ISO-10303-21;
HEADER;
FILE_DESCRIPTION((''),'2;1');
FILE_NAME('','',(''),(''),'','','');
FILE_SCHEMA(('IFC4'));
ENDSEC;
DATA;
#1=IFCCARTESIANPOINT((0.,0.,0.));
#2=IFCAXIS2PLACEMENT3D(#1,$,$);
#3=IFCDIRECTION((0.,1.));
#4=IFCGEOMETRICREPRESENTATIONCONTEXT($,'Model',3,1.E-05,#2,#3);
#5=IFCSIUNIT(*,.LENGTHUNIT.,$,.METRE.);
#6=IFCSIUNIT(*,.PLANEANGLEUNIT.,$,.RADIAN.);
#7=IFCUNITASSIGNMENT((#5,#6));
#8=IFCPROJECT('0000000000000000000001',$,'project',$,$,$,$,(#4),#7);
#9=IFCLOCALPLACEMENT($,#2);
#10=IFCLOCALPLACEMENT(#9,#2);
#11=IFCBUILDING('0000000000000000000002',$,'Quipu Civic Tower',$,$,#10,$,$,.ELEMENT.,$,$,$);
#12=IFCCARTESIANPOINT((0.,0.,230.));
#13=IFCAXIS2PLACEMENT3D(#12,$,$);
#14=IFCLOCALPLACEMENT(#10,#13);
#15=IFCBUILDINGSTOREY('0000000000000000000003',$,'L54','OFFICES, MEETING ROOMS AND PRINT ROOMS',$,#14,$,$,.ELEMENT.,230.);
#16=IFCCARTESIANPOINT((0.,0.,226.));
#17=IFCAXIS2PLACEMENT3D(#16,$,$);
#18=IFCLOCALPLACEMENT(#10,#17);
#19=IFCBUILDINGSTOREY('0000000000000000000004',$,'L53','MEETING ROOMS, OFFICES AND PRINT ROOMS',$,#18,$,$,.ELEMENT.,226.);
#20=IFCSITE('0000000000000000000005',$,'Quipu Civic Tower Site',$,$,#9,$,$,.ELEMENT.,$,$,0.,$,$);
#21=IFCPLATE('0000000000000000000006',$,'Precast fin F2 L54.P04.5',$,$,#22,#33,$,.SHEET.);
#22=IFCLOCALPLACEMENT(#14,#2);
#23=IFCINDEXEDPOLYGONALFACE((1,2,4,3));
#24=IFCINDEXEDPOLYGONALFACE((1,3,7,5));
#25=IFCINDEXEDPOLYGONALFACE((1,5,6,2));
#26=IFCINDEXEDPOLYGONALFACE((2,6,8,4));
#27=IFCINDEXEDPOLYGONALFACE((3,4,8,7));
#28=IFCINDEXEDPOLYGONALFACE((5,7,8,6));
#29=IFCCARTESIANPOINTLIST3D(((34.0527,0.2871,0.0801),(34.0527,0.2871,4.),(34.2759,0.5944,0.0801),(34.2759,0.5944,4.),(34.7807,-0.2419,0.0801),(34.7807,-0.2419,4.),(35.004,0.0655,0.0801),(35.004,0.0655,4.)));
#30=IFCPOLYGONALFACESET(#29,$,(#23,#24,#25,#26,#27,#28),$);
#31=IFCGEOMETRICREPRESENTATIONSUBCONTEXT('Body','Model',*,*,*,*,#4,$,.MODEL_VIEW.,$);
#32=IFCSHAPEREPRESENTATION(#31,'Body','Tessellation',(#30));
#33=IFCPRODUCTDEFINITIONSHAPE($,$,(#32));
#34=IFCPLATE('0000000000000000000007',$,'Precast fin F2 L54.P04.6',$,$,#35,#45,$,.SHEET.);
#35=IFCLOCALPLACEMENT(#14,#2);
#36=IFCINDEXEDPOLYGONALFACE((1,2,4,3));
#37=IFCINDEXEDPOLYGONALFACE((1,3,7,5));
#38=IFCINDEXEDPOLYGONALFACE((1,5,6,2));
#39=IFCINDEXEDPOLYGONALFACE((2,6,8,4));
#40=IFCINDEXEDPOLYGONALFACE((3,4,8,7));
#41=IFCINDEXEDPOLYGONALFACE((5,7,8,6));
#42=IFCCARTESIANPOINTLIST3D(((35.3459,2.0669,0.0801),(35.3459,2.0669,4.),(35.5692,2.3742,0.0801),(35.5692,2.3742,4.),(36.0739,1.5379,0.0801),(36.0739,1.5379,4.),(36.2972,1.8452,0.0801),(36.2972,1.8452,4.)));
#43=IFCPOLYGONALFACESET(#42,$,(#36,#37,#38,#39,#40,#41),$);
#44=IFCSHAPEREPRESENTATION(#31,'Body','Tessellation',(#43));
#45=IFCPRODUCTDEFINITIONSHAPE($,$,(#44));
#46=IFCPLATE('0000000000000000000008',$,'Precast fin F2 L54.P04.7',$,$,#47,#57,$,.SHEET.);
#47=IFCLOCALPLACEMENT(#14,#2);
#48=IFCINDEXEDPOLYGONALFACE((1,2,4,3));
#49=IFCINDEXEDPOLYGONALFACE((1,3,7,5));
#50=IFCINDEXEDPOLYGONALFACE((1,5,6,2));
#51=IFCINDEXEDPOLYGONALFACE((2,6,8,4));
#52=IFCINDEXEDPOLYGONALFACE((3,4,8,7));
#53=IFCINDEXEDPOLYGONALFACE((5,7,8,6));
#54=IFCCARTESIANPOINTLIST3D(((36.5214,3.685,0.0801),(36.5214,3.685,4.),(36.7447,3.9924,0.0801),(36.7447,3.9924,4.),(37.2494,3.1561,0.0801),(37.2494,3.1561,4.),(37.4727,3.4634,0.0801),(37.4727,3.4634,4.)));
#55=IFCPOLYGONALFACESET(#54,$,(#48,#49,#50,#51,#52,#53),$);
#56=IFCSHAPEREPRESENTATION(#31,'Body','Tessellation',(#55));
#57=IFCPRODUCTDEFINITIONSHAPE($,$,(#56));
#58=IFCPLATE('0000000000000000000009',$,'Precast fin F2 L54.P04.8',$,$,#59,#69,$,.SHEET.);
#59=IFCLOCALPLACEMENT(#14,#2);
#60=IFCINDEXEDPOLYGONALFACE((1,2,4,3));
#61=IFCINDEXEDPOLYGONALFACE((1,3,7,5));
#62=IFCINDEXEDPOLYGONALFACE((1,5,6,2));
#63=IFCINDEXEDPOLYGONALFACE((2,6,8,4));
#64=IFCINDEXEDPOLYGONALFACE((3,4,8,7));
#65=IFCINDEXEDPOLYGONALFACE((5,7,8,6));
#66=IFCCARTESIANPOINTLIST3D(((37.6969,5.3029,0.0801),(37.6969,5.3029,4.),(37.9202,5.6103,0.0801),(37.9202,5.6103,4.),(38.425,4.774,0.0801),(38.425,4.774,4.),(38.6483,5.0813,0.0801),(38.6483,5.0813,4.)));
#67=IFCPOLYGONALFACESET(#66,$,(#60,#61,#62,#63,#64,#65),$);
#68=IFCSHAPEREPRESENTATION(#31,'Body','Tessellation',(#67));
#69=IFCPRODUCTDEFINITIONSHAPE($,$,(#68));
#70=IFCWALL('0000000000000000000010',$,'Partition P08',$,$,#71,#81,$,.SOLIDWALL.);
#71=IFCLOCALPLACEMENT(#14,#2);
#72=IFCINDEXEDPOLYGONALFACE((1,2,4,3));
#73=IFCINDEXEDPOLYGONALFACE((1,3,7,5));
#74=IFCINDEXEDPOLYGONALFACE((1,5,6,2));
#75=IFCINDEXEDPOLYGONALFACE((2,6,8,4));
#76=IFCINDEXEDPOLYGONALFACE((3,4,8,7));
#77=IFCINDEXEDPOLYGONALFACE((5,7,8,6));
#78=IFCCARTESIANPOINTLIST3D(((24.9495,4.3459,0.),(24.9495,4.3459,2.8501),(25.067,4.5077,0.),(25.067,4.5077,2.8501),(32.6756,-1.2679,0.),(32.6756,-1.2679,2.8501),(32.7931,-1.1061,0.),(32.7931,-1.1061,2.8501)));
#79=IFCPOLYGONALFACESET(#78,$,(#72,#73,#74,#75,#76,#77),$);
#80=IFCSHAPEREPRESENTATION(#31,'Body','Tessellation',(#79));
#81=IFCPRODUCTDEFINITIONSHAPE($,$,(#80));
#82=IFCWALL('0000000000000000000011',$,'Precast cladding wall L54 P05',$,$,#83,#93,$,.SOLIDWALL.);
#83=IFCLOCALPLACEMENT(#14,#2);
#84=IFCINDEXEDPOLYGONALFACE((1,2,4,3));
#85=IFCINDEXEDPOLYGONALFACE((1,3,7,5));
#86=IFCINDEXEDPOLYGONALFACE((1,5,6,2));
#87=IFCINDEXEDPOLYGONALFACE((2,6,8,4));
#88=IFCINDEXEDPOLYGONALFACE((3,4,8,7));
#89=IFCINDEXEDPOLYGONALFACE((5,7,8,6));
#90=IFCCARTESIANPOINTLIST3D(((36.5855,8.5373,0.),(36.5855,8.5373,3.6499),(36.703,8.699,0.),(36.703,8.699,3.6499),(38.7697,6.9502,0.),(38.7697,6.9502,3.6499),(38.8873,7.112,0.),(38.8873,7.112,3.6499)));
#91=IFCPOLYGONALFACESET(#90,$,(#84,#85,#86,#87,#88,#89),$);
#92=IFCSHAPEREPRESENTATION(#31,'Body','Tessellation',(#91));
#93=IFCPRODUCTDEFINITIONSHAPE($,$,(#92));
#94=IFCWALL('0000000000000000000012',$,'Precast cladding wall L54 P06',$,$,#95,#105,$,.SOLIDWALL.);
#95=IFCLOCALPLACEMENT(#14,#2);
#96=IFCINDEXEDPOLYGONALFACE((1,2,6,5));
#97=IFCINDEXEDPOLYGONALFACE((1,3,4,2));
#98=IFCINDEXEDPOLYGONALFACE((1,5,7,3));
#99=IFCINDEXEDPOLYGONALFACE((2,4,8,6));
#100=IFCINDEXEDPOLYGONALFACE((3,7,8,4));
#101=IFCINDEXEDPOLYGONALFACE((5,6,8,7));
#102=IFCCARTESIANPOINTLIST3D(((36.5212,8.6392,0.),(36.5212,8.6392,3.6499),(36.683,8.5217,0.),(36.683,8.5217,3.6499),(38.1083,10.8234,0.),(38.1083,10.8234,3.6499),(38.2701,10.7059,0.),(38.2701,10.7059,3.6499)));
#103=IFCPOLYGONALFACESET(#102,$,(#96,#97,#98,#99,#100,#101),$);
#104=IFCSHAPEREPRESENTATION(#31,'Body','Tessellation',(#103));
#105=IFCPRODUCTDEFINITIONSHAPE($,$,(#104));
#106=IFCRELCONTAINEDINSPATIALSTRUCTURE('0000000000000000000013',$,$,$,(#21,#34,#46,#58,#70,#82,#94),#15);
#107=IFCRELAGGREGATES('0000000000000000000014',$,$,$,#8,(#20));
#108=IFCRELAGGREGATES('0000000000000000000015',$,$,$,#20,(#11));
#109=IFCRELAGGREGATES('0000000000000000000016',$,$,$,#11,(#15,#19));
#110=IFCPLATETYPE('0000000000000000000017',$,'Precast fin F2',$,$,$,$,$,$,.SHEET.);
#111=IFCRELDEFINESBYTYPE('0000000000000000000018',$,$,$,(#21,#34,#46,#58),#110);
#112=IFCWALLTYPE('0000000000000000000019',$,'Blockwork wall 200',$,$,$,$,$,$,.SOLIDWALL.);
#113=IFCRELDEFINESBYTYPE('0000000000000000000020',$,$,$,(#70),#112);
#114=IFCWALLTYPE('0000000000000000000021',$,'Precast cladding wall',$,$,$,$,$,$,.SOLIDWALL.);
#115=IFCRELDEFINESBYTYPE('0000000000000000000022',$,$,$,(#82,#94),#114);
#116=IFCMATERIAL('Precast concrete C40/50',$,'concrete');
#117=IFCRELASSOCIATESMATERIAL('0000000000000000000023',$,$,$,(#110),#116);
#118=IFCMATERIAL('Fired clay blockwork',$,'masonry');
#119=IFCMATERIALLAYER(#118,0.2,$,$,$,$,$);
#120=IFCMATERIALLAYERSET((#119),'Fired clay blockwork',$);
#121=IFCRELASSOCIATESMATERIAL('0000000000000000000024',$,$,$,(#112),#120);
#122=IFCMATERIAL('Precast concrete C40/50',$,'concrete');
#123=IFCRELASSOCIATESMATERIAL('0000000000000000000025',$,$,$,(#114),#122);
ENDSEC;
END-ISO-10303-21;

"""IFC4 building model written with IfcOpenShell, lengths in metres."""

from ifc_helpers import new_model, si_unit, direction, frame, frame_2d, origin, origin_2d, place, context, subcontext, project, spatial, rectangle, extrude, material, layer, layer_set, type_object, element, save


model = new_model("IFC4")

# Units and contexts
model_context = context("Model", 3, precision=1e-05, world=origin(), true_north=direction((0.0, 1.0)))
body_context = subcontext(model_context, "Body", "Model", "MODEL_VIEW")
ifc_project = project(units=[si_unit("LENGTHUNIT", "METRE"), si_unit("PLANEANGLEUNIT", "RADIAN")], contexts=[model_context])

# Site, building, storey
site_placement = place(None, origin())
site = spatial("IfcSite", under=ifc_project, at=site_placement, Name="Quipu Civic Tower Site", CompositionType="ELEMENT", RefElevation=0.0)
building_placement = place(site_placement, origin())
building = spatial("IfcBuilding", under=site, at=building_placement, Name="Quipu Civic Tower", CompositionType="ELEMENT")
storey_1_placement = place(building_placement, frame((0.0, 0.0, 230.0)))
storey_1 = spatial("IfcBuildingStorey", under=building, at=storey_1_placement, Name="L54", Description="OFFICES, MEETING ROOMS AND PRINT ROOMS", CompositionType="ELEMENT", Elevation=230.0)

# Shared definitions
storey_2_placement = place(building_placement, frame((0.0, 0.0, 226.0)))
storey_2 = spatial("IfcBuildingStorey", under=building, at=storey_2_placement, Name="L53", Description="MEETING ROOMS, OFFICES AND PRINT ROOMS", CompositionType="ELEMENT", Elevation=226.0)

# Plates
ifc_material_1 = material(Name="Precast concrete C40/50", Category="concrete")
plate_type_1 = type_object("IfcPlateType", Name="Precast fin F2", PredefinedType="SHEET", material=ifc_material_1)
for number, where, z_axis, x_axis, name in (
    (1, (34.5283, 0.1763, 0.0801), (0.0, 0.0, 1.0), (0.587787, 0.809016, 0.0), "Precast fin F2 L54.P04.5"),
    (2, (35.8215, 1.9561, 0.0801), (0.0, 0.0, 1.0), (0.587787, 0.809016, 0.0), "Precast fin F2 L54.P04.6"),
    (3, (36.9971, 3.5742, 0.0801), (0.0, 0.0, 1.0), (0.587787, 0.809016, 0.0), "Precast fin F2 L54.P04.7"),
    (4, (38.1726, 5.1921, 0.0801), (0.0, 0.0, 1.0), (0.587787, 0.809016, 0.0), "Precast fin F2 L54.P04.8"),
):
    element("IfcPlate", number, at=place(storey_1_placement, frame(where, z_axis=z_axis, x_axis=x_axis)), inside=storey_1, type_object=plate_type_1, Name=name, PredefinedType="SHEET", context=body_context, shape_type="SweptSolid", body=[
        extrude(rectangle(XDim=0.3799, YDim=0.8999, at=origin_2d()), origin(), (0.0, 0.0, 1.0), 3.9199),
    ])

# Walls
ifc_material_2 = material(Name="Fired clay blockwork", Category="masonry")
ifc_layer_1 = layer(ifc_material_2, 0.2)
ifc_layer_set_1 = layer_set([ifc_layer_1], Name="Fired clay blockwork")
wall_type_1 = type_object("IfcWallType", Name="Blockwork wall 200", PredefinedType="SOLIDWALL", material=ifc_layer_set_1)
wall_placement = place(storey_1_placement, frame((32.7344, -1.187, 0.0), z_axis=(0.0, 0.0, 1.0), x_axis=(-0.808995, 0.587816, 0.0)))
element("IfcWall", 5, at=wall_placement, inside=storey_1, type_object=wall_type_1, Name="Partition P08", PredefinedType="SOLIDWALL", context=body_context, shape_type="SweptSolid", body=[
    extrude(rectangle(XDim=9.5503, YDim=0.2, at=frame_2d((4.7751, 0.0))), origin(), (0.0, 0.0, 1.0), 2.8501),
])
ifc_material_3 = material(Name="Precast concrete C40/50", Category="concrete")
wall_type_2 = type_object("IfcWallType", Name="Precast cladding wall", PredefinedType="SOLIDWALL", material=ifc_material_3)
for number, where, z_axis, x_axis, name in (
    (6, (38.8286, 7.031, 0.0), (0.0, 0.0, 1.0), (-0.80899, 0.587822, 0.0), "Precast cladding wall L54 P05"),
    (7, (36.6021, 8.5803, 0.0), (0.0, 0.0, 1.0), (0.587822, 0.80899, 0.0), "Precast cladding wall L54 P06"),
):
    element("IfcWall", number, at=place(storey_1_placement, frame(where, z_axis=z_axis, x_axis=x_axis)), inside=storey_1, type_object=wall_type_2, Name=name, PredefinedType="SOLIDWALL", context=body_context, shape_type="SweptSolid", body=[
        extrude(rectangle(XDim=2.7, YDim=0.2, at=frame_2d((1.3501, 0.0))), origin(), (0.0, 0.0, 1.0), 3.6499),
    ])

save(model, "model.ifc")
